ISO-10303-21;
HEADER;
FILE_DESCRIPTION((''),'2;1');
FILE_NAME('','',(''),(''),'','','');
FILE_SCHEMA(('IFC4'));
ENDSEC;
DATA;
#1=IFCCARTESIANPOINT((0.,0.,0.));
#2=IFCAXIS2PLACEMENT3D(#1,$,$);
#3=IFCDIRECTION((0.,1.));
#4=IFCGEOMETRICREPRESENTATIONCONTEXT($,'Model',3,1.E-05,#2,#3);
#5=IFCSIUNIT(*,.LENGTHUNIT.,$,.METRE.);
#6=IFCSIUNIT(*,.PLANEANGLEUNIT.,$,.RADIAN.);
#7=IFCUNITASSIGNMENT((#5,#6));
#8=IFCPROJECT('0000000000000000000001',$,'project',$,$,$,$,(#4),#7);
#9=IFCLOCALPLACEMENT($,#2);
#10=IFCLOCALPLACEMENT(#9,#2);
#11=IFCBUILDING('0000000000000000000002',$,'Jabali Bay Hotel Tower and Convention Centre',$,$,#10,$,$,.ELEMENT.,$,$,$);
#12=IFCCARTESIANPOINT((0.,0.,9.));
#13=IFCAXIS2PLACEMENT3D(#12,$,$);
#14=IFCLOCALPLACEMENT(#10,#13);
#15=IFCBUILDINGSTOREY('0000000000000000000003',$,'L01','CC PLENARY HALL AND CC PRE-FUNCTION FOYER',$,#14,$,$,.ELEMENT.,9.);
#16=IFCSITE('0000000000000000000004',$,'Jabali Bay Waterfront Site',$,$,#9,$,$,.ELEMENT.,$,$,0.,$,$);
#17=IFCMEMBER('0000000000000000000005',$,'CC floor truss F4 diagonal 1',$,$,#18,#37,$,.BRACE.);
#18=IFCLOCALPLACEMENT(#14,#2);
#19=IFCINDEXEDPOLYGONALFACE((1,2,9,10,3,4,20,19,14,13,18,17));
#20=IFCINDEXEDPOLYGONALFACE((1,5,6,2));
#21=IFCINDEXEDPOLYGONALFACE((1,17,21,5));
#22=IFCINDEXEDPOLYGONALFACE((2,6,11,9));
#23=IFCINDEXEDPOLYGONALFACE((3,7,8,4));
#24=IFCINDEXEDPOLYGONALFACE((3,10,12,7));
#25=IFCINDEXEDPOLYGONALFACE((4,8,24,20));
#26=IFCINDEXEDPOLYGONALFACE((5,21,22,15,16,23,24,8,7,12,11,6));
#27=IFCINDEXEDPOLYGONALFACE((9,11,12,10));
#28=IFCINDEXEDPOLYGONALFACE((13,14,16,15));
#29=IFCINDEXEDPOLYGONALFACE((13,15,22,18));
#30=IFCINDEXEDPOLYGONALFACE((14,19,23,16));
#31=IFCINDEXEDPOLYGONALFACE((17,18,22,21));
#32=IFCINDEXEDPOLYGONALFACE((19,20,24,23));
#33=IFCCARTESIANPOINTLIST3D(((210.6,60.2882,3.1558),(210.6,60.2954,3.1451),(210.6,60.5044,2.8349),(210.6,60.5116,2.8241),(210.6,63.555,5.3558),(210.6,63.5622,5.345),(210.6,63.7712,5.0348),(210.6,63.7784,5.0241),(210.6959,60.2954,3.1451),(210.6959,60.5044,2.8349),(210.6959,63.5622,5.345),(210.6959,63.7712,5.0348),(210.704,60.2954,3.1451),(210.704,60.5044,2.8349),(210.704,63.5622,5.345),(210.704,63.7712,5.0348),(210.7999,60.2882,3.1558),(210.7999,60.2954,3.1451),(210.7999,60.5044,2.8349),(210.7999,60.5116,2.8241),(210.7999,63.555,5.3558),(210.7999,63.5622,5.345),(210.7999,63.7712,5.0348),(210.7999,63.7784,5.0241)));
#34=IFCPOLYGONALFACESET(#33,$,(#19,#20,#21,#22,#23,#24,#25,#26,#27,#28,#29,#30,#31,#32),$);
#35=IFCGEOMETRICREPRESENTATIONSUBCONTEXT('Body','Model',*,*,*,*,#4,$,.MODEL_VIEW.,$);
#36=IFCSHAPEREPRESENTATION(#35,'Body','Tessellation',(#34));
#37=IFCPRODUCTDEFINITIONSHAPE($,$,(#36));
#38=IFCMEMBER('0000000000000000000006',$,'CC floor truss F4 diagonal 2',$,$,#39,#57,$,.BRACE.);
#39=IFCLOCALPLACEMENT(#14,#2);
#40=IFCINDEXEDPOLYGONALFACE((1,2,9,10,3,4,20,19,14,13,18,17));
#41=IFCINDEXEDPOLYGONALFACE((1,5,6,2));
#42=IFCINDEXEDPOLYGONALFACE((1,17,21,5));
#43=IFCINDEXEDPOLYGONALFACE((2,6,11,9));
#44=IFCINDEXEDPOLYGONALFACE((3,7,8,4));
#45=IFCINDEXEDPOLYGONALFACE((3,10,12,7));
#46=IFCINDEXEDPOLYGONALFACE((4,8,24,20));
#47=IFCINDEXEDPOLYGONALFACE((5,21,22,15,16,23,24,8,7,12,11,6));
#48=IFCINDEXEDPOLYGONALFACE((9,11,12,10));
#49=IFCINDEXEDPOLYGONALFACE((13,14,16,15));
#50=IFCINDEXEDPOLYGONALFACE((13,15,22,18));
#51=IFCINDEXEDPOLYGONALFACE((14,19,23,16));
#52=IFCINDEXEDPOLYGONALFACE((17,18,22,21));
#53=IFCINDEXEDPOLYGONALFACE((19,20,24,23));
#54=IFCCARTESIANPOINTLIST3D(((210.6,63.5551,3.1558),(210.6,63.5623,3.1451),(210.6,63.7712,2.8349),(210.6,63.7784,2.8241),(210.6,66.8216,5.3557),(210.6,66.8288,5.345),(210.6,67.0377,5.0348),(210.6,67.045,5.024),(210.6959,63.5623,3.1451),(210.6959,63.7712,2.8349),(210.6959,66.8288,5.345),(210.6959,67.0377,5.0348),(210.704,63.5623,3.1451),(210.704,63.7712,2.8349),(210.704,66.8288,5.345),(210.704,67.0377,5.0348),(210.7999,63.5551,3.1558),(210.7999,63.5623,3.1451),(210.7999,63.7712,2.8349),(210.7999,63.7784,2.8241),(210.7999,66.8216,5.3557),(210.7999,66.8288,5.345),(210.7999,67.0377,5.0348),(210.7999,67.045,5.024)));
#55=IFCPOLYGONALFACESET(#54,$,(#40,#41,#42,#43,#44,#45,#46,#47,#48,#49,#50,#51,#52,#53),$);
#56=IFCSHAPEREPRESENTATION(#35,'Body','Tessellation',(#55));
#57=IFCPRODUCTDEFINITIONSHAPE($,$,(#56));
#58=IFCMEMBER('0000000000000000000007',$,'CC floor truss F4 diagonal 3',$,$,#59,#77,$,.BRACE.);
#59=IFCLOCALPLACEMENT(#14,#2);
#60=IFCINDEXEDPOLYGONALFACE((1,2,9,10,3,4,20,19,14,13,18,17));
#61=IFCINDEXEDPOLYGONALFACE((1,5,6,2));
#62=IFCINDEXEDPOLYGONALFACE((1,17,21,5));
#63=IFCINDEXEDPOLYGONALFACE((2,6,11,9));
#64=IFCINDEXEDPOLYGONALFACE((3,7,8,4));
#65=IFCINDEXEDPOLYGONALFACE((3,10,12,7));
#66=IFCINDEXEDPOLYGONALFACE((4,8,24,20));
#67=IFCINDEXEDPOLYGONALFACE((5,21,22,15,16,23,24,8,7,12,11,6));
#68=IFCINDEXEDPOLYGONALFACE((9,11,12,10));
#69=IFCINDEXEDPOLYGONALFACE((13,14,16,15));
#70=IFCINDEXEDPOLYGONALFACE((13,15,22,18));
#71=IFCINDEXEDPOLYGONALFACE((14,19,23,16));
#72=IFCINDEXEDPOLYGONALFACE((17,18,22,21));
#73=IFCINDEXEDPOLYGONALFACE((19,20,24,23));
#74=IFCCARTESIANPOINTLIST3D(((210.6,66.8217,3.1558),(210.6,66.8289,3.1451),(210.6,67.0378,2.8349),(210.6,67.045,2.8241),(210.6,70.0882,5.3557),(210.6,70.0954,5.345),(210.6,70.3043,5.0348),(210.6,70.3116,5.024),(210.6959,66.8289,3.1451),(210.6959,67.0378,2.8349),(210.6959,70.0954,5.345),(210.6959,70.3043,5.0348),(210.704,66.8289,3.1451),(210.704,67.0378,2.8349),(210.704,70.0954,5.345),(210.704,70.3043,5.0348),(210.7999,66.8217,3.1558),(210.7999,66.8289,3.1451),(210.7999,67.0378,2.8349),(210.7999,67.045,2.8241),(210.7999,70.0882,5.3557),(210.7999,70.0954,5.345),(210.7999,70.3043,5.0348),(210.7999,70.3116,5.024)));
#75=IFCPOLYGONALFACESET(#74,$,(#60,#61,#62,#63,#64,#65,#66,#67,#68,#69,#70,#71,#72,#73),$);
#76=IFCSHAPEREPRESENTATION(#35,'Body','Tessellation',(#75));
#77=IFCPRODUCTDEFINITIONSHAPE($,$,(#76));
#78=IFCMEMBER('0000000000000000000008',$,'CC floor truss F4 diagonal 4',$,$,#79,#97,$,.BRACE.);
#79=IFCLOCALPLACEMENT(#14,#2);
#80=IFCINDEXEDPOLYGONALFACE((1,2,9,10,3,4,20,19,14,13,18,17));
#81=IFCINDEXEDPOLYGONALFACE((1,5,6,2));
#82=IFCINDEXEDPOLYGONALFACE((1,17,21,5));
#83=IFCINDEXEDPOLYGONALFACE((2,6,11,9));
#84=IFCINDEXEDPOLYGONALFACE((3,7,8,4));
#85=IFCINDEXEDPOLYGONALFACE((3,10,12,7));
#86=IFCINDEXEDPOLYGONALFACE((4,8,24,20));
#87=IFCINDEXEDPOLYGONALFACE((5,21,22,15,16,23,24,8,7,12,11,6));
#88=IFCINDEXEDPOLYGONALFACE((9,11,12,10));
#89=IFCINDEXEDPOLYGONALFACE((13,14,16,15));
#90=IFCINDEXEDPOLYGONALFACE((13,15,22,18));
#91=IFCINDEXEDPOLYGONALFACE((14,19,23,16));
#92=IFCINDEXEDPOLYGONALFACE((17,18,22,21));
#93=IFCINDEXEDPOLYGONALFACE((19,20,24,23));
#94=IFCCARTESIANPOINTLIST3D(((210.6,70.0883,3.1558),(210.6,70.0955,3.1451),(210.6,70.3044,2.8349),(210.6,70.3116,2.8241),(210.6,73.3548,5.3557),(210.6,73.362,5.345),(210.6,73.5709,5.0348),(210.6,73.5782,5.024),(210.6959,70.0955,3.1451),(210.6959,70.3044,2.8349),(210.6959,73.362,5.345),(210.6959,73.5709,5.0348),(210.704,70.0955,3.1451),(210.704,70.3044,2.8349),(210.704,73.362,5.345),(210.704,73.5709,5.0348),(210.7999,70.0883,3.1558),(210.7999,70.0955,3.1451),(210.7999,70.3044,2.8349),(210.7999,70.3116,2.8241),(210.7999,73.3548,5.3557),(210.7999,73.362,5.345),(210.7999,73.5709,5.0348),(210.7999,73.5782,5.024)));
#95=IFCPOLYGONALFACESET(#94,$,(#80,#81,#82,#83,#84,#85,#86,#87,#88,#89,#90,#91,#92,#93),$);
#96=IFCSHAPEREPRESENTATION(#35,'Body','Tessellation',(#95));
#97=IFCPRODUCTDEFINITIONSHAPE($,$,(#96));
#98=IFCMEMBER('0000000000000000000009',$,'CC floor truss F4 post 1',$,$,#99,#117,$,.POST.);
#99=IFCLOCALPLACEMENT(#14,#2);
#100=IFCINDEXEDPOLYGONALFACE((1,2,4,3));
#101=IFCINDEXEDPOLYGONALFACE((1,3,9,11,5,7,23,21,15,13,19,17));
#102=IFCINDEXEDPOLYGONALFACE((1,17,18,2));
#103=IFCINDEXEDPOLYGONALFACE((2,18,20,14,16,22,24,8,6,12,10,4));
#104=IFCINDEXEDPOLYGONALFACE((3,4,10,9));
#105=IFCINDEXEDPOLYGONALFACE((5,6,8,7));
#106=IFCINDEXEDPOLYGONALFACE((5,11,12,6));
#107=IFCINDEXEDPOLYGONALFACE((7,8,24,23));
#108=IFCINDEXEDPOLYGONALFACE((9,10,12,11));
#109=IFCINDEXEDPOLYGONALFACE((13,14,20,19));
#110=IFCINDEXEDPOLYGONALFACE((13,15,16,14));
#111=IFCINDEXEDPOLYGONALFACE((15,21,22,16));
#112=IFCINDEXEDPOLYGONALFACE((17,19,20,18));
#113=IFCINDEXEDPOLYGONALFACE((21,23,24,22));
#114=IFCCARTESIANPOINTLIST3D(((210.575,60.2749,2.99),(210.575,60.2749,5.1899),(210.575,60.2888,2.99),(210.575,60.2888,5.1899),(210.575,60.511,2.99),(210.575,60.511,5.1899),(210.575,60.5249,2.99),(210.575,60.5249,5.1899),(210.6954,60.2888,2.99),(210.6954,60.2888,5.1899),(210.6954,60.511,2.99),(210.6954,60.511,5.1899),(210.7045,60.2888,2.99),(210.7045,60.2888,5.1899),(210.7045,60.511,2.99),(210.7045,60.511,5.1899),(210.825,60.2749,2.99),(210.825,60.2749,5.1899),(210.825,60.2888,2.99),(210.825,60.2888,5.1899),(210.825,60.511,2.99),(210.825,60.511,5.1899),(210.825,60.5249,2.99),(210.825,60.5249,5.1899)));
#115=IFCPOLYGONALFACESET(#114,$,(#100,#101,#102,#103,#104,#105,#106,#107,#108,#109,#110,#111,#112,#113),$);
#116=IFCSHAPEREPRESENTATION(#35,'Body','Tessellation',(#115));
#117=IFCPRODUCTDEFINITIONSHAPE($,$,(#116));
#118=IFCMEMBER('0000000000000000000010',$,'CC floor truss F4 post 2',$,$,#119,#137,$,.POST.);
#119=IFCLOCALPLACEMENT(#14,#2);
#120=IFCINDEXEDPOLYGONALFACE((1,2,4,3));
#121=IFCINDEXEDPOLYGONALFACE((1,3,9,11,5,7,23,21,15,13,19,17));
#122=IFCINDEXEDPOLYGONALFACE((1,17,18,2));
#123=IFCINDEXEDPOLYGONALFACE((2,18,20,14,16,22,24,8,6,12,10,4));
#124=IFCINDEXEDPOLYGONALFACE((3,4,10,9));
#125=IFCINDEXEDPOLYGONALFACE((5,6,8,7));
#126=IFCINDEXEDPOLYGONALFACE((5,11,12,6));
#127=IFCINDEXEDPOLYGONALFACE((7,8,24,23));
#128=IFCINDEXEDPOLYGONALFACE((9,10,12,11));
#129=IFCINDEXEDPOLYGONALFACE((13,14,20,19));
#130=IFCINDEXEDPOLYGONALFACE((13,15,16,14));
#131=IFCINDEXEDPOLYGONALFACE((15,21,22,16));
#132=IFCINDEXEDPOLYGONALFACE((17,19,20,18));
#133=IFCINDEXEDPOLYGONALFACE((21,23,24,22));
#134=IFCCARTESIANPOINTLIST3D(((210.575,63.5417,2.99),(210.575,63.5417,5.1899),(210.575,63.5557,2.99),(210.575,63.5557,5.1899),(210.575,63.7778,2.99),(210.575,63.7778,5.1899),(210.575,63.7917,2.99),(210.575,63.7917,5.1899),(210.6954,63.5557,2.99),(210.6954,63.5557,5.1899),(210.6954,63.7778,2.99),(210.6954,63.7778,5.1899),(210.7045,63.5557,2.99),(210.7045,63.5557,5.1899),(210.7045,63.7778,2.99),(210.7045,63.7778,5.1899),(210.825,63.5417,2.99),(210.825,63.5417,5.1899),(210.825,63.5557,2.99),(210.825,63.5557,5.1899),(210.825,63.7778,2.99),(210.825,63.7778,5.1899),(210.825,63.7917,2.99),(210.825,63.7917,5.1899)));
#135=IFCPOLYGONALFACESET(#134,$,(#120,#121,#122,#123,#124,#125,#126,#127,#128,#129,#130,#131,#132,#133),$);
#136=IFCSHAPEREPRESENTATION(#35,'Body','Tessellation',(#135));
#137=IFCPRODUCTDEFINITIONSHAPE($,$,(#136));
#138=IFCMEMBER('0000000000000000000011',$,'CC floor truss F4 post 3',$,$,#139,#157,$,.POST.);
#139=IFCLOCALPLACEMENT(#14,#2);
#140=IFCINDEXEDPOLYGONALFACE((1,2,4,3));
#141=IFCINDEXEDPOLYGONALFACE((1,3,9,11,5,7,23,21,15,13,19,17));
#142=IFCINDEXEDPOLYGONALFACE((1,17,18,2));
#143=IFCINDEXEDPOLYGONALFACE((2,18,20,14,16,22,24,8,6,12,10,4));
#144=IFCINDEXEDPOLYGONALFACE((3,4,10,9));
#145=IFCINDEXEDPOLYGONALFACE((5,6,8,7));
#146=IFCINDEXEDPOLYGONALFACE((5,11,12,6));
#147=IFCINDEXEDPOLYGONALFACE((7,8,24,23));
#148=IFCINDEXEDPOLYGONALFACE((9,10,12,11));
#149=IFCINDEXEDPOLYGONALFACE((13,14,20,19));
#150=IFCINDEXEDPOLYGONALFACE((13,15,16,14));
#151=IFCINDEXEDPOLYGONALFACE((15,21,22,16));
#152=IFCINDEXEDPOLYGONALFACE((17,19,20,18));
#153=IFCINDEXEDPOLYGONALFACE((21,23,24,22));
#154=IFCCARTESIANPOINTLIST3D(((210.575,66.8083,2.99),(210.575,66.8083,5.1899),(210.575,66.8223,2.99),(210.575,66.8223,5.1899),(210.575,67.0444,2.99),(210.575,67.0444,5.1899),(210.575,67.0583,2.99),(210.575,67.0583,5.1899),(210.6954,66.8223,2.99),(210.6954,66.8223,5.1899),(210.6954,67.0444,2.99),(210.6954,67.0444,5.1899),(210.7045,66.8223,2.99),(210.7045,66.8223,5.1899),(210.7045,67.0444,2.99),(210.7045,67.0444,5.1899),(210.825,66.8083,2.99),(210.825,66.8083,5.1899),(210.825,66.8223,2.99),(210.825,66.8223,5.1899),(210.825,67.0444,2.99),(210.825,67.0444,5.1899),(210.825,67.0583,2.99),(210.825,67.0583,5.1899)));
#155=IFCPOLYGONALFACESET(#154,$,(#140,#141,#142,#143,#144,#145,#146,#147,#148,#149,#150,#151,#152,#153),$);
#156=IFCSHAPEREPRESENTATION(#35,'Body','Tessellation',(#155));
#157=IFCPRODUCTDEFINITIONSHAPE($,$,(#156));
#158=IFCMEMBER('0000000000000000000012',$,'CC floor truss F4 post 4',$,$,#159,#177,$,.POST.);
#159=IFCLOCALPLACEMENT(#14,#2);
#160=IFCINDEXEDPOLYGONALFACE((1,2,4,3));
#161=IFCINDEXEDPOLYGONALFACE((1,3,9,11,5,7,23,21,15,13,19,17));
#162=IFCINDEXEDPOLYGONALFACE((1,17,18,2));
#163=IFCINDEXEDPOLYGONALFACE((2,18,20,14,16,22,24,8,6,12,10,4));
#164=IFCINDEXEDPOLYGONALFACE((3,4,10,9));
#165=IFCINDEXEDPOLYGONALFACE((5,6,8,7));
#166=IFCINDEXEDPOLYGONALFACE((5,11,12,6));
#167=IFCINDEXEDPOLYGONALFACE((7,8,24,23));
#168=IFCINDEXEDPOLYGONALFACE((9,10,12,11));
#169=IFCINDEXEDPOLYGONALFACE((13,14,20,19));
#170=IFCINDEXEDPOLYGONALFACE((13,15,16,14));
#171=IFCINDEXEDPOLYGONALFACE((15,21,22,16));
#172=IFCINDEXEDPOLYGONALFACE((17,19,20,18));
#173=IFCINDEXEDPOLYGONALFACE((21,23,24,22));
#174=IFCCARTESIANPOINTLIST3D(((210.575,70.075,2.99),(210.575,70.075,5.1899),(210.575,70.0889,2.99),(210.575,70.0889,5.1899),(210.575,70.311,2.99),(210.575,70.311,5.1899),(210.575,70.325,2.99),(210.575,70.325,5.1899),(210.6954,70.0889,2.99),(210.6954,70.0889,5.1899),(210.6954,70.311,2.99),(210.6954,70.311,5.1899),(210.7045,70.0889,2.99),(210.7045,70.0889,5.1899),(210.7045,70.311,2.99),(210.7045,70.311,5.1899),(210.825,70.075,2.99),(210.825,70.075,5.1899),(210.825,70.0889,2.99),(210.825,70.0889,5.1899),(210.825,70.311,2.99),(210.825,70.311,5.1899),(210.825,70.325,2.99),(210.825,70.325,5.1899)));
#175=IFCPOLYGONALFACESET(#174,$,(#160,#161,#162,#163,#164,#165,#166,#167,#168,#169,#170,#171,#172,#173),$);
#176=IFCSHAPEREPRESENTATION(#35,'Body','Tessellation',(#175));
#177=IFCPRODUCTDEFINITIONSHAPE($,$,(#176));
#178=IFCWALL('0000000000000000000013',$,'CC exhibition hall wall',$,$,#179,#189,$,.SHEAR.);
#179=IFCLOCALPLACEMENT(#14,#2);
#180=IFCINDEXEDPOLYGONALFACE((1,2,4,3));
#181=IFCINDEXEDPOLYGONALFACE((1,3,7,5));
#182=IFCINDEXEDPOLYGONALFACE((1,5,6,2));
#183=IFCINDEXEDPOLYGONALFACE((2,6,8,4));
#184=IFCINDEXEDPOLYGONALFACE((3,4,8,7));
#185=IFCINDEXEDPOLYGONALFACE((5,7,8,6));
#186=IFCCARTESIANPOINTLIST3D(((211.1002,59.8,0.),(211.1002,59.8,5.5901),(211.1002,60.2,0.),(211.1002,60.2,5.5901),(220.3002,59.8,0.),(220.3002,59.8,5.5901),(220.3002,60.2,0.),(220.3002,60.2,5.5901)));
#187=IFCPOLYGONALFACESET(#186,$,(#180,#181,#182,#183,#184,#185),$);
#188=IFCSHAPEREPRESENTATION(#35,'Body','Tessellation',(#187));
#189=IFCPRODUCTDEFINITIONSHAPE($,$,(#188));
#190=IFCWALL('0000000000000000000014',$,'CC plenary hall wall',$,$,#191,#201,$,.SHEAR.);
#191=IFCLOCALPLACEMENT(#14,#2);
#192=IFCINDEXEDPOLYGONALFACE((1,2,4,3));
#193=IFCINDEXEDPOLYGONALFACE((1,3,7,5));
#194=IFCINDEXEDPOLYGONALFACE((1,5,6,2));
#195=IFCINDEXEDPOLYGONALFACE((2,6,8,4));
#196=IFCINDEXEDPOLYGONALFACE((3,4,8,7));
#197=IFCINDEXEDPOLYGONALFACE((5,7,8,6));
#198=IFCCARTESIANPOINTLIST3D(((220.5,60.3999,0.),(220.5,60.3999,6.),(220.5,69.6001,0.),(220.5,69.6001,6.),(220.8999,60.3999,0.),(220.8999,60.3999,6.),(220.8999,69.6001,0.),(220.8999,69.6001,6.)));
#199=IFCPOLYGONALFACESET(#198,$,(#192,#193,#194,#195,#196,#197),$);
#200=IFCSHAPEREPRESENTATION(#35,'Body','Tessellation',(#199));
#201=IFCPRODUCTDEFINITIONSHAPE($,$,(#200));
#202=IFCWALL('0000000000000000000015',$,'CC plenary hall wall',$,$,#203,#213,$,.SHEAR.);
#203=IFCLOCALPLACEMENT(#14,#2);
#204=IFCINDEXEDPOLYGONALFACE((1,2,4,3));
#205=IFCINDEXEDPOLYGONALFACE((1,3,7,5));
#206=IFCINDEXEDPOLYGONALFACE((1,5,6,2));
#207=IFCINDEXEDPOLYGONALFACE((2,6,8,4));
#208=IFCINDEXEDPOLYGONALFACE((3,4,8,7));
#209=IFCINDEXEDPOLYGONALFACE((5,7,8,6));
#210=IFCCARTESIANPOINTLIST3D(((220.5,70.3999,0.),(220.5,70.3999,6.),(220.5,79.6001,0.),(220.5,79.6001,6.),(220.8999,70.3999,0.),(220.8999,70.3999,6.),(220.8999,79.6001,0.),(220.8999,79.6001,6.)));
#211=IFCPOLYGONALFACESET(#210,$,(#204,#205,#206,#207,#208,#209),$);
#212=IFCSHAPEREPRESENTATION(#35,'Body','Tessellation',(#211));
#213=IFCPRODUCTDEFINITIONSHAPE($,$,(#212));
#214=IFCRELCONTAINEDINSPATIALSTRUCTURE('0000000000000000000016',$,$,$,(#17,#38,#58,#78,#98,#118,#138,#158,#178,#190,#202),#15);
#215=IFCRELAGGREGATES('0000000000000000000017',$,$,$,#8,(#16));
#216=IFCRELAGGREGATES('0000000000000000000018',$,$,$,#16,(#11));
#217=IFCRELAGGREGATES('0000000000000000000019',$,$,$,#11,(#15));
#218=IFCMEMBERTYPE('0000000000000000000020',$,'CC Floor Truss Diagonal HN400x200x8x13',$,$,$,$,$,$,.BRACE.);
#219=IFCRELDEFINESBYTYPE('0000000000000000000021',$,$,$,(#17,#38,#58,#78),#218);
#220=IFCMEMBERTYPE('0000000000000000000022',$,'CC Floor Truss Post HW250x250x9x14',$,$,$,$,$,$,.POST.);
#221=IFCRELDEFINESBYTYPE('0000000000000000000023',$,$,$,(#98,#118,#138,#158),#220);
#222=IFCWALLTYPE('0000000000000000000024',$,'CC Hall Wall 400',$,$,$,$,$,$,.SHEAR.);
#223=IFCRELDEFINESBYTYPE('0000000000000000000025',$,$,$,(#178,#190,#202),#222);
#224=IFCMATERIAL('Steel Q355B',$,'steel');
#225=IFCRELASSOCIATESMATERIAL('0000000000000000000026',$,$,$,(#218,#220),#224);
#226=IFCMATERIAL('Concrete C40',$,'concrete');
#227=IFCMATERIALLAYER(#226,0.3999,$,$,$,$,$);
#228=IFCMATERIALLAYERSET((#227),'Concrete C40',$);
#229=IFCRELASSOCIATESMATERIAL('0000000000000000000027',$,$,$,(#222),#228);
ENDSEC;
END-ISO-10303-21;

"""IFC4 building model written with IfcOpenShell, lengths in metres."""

from ifc_helpers import new_model, si_unit, direction, frame, frame_2d, origin, origin_2d, place, context, subcontext, project, spatial, rectangle, i_section, extrude, material, layer, layer_set, material_profile, profile_set, type_object, element, save


model = new_model("IFC4")

# Units and contexts
model_context = context("Model", 3, precision=1e-05, world=origin(), true_north=direction((0.0, 1.0)))
body_context = subcontext(model_context, "Body", "Model", "MODEL_VIEW")
ifc_project = project(units=[si_unit("LENGTHUNIT", "METRE"), si_unit("PLANEANGLEUNIT", "RADIAN")], contexts=[model_context])

# Site, building, storey
site_placement = place(None, origin())
site = spatial("IfcSite", under=ifc_project, at=site_placement, Name="Jabali Bay Waterfront Site", CompositionType="ELEMENT", RefElevation=0.0)
building_placement = place(site_placement, origin())
building = spatial("IfcBuilding", under=site, at=building_placement, Name="Jabali Bay Hotel Tower and Convention Centre", CompositionType="ELEMENT")
storey_placement = place(building_placement, frame((0.0, 0.0, 9.0)))
storey = spatial("IfcBuildingStorey", under=building, at=storey_placement, Name="L01", Description="CC PLENARY HALL AND CC PRE-FUNCTION FOYER", CompositionType="ELEMENT", Elevation=9.0)

# Members
ifc_material_1 = material(Name="Steel Q355B", Category="steel")
ifc_material_profile_1 = material_profile(ifc_material_1, i_section(OverallWidth=0.2, OverallDepth=0.3999, WebThickness=0.0081, FlangeThickness=0.0129, at=origin_2d()), Name="HN400x200x8x13")
ifc_profile_set_1 = profile_set([ifc_material_profile_1], Name="Steel Q355B")
member_type_1 = type_object("IfcMemberType", Name="CC Floor Truss Diagonal HN400x200x8x13", PredefinedType="BRACE", material=ifc_profile_set_1)
member_placement = place(storey_placement, frame((210.7, 60.3999, 2.99), z_axis=(0.0, 0.829457, 0.558571), x_axis=(-1.0, 0.0, 0.0)))
element("IfcMember", 1, at=member_placement, inside=storey, type_object=member_type_1, Name="CC floor truss F4 diagonal 1", PredefinedType="BRACE", context=body_context, shape_type="SweptSolid", body=[
    extrude(i_section(OverallWidth=0.2, OverallDepth=0.3999, WebThickness=0.0081, FlangeThickness=0.0129, at=origin_2d()), origin(), (0.0, 0.0, 1.0), 3.9385),
])
for number, where, z_axis, x_axis, name in (
    (2, (210.7, 63.6667, 2.99), (0.0, 0.829438, 0.5586), (-1.0, 0.0, 0.0), "CC floor truss F4 diagonal 2"),
    (3, (210.7, 66.9333, 2.99), (0.0, 0.829438, 0.5586), (-1.0, 0.0, 0.0), "CC floor truss F4 diagonal 3"),
    (4, (210.7, 70.2, 2.99), (0.0, 0.829438, 0.5586), (-1.0, 0.0, 0.0), "CC floor truss F4 diagonal 4"),
):
    element("IfcMember", number, at=place(storey_placement, frame(where, z_axis=z_axis, x_axis=x_axis)), inside=storey, type_object=member_type_1, Name=name, PredefinedType="BRACE", context=body_context, shape_type="SweptSolid", body=[
        extrude(i_section(OverallWidth=0.2, OverallDepth=0.3999, WebThickness=0.0081, FlangeThickness=0.0129, at=origin_2d()), origin(), (0.0, 0.0, 1.0), 3.9382),
    ])
ifc_material_profile_2 = material_profile(ifc_material_1, i_section(OverallWidth=0.25, OverallDepth=0.25, WebThickness=0.009, FlangeThickness=0.0139, at=origin_2d()), Name="HW250x250x9x14")
ifc_profile_set_2 = profile_set([ifc_material_profile_2], Name="Steel Q355B")
member_type_2 = type_object("IfcMemberType", Name="CC Floor Truss Post HW250x250x9x14", PredefinedType="POST", material=ifc_profile_set_2)
for number, where, z_axis, x_axis, name in (
    (5, (210.7, 60.3999, 2.99), (0.0, 0.0, 1.0), (1.0, 0.0, 0.0), "CC floor truss F4 post 1"),
    (6, (210.7, 63.6667, 2.99), (0.0, 0.0, 1.0), (1.0, 0.0, 0.0), "CC floor truss F4 post 2"),
    (7, (210.7, 66.9333, 2.99), (0.0, 0.0, 1.0), (1.0, 0.0, 0.0), "CC floor truss F4 post 3"),
    (8, (210.7, 70.2, 2.99), (0.0, 0.0, 1.0), (1.0, 0.0, 0.0), "CC floor truss F4 post 4"),
):
    element("IfcMember", number, at=place(storey_placement, frame(where, z_axis=z_axis, x_axis=x_axis)), inside=storey, type_object=member_type_2, Name=name, PredefinedType="POST", context=body_context, shape_type="SweptSolid", body=[
        extrude(i_section(OverallWidth=0.25, OverallDepth=0.25, WebThickness=0.009, FlangeThickness=0.0139, at=origin_2d()), origin(), (0.0, 0.0, 1.0), 2.2),
    ])

# Walls
ifc_material_2 = material(Name="Concrete C40", Category="concrete")
ifc_layer_1 = layer(ifc_material_2, 0.3999)
ifc_layer_set_1 = layer_set([ifc_layer_1], Name="Concrete C40")
wall_type_1 = type_object("IfcWallType", Name="CC Hall Wall 400", PredefinedType="SHEAR", material=ifc_layer_set_1)
wall_1_placement = place(storey_placement, frame((211.1001, 60.0, 0.0), z_axis=(0.0, 0.0, 1.0), x_axis=(1.0, 0.0, 0.0)))
element("IfcWall", 9, at=wall_1_placement, inside=storey, type_object=wall_type_1, Name="CC exhibition hall wall", PredefinedType="SHEAR", context=body_context, shape_type="SweptSolid", body=[
    extrude(rectangle(XDim=9.2, YDim=0.3999, at=frame_2d((4.6001, 0.0))), origin(), (0.0, 0.0, 1.0), 5.5901),
])
for number, where, z_axis, x_axis, name in (
    (10, (220.7, 60.3999, 0.0), (0.0, 0.0, 1.0), (0.0, 1.0, 0.0), "CC plenary hall wall"),
    (11, (220.7, 70.3999, 0.0), (0.0, 0.0, 1.0), (0.0, 1.0, 0.0), "CC plenary hall wall"),
):
    element("IfcWall", number, at=place(storey_placement, frame(where, z_axis=z_axis, x_axis=x_axis)), inside=storey, type_object=wall_type_1, Name=name, PredefinedType="SHEAR", context=body_context, shape_type="SweptSolid", body=[
        extrude(rectangle(XDim=9.2002, YDim=0.3999, at=frame_2d((4.6001, 0.0))), origin(), (0.0, 0.0, 1.0), 6.0),
    ])

save(model, "model.ifc")
